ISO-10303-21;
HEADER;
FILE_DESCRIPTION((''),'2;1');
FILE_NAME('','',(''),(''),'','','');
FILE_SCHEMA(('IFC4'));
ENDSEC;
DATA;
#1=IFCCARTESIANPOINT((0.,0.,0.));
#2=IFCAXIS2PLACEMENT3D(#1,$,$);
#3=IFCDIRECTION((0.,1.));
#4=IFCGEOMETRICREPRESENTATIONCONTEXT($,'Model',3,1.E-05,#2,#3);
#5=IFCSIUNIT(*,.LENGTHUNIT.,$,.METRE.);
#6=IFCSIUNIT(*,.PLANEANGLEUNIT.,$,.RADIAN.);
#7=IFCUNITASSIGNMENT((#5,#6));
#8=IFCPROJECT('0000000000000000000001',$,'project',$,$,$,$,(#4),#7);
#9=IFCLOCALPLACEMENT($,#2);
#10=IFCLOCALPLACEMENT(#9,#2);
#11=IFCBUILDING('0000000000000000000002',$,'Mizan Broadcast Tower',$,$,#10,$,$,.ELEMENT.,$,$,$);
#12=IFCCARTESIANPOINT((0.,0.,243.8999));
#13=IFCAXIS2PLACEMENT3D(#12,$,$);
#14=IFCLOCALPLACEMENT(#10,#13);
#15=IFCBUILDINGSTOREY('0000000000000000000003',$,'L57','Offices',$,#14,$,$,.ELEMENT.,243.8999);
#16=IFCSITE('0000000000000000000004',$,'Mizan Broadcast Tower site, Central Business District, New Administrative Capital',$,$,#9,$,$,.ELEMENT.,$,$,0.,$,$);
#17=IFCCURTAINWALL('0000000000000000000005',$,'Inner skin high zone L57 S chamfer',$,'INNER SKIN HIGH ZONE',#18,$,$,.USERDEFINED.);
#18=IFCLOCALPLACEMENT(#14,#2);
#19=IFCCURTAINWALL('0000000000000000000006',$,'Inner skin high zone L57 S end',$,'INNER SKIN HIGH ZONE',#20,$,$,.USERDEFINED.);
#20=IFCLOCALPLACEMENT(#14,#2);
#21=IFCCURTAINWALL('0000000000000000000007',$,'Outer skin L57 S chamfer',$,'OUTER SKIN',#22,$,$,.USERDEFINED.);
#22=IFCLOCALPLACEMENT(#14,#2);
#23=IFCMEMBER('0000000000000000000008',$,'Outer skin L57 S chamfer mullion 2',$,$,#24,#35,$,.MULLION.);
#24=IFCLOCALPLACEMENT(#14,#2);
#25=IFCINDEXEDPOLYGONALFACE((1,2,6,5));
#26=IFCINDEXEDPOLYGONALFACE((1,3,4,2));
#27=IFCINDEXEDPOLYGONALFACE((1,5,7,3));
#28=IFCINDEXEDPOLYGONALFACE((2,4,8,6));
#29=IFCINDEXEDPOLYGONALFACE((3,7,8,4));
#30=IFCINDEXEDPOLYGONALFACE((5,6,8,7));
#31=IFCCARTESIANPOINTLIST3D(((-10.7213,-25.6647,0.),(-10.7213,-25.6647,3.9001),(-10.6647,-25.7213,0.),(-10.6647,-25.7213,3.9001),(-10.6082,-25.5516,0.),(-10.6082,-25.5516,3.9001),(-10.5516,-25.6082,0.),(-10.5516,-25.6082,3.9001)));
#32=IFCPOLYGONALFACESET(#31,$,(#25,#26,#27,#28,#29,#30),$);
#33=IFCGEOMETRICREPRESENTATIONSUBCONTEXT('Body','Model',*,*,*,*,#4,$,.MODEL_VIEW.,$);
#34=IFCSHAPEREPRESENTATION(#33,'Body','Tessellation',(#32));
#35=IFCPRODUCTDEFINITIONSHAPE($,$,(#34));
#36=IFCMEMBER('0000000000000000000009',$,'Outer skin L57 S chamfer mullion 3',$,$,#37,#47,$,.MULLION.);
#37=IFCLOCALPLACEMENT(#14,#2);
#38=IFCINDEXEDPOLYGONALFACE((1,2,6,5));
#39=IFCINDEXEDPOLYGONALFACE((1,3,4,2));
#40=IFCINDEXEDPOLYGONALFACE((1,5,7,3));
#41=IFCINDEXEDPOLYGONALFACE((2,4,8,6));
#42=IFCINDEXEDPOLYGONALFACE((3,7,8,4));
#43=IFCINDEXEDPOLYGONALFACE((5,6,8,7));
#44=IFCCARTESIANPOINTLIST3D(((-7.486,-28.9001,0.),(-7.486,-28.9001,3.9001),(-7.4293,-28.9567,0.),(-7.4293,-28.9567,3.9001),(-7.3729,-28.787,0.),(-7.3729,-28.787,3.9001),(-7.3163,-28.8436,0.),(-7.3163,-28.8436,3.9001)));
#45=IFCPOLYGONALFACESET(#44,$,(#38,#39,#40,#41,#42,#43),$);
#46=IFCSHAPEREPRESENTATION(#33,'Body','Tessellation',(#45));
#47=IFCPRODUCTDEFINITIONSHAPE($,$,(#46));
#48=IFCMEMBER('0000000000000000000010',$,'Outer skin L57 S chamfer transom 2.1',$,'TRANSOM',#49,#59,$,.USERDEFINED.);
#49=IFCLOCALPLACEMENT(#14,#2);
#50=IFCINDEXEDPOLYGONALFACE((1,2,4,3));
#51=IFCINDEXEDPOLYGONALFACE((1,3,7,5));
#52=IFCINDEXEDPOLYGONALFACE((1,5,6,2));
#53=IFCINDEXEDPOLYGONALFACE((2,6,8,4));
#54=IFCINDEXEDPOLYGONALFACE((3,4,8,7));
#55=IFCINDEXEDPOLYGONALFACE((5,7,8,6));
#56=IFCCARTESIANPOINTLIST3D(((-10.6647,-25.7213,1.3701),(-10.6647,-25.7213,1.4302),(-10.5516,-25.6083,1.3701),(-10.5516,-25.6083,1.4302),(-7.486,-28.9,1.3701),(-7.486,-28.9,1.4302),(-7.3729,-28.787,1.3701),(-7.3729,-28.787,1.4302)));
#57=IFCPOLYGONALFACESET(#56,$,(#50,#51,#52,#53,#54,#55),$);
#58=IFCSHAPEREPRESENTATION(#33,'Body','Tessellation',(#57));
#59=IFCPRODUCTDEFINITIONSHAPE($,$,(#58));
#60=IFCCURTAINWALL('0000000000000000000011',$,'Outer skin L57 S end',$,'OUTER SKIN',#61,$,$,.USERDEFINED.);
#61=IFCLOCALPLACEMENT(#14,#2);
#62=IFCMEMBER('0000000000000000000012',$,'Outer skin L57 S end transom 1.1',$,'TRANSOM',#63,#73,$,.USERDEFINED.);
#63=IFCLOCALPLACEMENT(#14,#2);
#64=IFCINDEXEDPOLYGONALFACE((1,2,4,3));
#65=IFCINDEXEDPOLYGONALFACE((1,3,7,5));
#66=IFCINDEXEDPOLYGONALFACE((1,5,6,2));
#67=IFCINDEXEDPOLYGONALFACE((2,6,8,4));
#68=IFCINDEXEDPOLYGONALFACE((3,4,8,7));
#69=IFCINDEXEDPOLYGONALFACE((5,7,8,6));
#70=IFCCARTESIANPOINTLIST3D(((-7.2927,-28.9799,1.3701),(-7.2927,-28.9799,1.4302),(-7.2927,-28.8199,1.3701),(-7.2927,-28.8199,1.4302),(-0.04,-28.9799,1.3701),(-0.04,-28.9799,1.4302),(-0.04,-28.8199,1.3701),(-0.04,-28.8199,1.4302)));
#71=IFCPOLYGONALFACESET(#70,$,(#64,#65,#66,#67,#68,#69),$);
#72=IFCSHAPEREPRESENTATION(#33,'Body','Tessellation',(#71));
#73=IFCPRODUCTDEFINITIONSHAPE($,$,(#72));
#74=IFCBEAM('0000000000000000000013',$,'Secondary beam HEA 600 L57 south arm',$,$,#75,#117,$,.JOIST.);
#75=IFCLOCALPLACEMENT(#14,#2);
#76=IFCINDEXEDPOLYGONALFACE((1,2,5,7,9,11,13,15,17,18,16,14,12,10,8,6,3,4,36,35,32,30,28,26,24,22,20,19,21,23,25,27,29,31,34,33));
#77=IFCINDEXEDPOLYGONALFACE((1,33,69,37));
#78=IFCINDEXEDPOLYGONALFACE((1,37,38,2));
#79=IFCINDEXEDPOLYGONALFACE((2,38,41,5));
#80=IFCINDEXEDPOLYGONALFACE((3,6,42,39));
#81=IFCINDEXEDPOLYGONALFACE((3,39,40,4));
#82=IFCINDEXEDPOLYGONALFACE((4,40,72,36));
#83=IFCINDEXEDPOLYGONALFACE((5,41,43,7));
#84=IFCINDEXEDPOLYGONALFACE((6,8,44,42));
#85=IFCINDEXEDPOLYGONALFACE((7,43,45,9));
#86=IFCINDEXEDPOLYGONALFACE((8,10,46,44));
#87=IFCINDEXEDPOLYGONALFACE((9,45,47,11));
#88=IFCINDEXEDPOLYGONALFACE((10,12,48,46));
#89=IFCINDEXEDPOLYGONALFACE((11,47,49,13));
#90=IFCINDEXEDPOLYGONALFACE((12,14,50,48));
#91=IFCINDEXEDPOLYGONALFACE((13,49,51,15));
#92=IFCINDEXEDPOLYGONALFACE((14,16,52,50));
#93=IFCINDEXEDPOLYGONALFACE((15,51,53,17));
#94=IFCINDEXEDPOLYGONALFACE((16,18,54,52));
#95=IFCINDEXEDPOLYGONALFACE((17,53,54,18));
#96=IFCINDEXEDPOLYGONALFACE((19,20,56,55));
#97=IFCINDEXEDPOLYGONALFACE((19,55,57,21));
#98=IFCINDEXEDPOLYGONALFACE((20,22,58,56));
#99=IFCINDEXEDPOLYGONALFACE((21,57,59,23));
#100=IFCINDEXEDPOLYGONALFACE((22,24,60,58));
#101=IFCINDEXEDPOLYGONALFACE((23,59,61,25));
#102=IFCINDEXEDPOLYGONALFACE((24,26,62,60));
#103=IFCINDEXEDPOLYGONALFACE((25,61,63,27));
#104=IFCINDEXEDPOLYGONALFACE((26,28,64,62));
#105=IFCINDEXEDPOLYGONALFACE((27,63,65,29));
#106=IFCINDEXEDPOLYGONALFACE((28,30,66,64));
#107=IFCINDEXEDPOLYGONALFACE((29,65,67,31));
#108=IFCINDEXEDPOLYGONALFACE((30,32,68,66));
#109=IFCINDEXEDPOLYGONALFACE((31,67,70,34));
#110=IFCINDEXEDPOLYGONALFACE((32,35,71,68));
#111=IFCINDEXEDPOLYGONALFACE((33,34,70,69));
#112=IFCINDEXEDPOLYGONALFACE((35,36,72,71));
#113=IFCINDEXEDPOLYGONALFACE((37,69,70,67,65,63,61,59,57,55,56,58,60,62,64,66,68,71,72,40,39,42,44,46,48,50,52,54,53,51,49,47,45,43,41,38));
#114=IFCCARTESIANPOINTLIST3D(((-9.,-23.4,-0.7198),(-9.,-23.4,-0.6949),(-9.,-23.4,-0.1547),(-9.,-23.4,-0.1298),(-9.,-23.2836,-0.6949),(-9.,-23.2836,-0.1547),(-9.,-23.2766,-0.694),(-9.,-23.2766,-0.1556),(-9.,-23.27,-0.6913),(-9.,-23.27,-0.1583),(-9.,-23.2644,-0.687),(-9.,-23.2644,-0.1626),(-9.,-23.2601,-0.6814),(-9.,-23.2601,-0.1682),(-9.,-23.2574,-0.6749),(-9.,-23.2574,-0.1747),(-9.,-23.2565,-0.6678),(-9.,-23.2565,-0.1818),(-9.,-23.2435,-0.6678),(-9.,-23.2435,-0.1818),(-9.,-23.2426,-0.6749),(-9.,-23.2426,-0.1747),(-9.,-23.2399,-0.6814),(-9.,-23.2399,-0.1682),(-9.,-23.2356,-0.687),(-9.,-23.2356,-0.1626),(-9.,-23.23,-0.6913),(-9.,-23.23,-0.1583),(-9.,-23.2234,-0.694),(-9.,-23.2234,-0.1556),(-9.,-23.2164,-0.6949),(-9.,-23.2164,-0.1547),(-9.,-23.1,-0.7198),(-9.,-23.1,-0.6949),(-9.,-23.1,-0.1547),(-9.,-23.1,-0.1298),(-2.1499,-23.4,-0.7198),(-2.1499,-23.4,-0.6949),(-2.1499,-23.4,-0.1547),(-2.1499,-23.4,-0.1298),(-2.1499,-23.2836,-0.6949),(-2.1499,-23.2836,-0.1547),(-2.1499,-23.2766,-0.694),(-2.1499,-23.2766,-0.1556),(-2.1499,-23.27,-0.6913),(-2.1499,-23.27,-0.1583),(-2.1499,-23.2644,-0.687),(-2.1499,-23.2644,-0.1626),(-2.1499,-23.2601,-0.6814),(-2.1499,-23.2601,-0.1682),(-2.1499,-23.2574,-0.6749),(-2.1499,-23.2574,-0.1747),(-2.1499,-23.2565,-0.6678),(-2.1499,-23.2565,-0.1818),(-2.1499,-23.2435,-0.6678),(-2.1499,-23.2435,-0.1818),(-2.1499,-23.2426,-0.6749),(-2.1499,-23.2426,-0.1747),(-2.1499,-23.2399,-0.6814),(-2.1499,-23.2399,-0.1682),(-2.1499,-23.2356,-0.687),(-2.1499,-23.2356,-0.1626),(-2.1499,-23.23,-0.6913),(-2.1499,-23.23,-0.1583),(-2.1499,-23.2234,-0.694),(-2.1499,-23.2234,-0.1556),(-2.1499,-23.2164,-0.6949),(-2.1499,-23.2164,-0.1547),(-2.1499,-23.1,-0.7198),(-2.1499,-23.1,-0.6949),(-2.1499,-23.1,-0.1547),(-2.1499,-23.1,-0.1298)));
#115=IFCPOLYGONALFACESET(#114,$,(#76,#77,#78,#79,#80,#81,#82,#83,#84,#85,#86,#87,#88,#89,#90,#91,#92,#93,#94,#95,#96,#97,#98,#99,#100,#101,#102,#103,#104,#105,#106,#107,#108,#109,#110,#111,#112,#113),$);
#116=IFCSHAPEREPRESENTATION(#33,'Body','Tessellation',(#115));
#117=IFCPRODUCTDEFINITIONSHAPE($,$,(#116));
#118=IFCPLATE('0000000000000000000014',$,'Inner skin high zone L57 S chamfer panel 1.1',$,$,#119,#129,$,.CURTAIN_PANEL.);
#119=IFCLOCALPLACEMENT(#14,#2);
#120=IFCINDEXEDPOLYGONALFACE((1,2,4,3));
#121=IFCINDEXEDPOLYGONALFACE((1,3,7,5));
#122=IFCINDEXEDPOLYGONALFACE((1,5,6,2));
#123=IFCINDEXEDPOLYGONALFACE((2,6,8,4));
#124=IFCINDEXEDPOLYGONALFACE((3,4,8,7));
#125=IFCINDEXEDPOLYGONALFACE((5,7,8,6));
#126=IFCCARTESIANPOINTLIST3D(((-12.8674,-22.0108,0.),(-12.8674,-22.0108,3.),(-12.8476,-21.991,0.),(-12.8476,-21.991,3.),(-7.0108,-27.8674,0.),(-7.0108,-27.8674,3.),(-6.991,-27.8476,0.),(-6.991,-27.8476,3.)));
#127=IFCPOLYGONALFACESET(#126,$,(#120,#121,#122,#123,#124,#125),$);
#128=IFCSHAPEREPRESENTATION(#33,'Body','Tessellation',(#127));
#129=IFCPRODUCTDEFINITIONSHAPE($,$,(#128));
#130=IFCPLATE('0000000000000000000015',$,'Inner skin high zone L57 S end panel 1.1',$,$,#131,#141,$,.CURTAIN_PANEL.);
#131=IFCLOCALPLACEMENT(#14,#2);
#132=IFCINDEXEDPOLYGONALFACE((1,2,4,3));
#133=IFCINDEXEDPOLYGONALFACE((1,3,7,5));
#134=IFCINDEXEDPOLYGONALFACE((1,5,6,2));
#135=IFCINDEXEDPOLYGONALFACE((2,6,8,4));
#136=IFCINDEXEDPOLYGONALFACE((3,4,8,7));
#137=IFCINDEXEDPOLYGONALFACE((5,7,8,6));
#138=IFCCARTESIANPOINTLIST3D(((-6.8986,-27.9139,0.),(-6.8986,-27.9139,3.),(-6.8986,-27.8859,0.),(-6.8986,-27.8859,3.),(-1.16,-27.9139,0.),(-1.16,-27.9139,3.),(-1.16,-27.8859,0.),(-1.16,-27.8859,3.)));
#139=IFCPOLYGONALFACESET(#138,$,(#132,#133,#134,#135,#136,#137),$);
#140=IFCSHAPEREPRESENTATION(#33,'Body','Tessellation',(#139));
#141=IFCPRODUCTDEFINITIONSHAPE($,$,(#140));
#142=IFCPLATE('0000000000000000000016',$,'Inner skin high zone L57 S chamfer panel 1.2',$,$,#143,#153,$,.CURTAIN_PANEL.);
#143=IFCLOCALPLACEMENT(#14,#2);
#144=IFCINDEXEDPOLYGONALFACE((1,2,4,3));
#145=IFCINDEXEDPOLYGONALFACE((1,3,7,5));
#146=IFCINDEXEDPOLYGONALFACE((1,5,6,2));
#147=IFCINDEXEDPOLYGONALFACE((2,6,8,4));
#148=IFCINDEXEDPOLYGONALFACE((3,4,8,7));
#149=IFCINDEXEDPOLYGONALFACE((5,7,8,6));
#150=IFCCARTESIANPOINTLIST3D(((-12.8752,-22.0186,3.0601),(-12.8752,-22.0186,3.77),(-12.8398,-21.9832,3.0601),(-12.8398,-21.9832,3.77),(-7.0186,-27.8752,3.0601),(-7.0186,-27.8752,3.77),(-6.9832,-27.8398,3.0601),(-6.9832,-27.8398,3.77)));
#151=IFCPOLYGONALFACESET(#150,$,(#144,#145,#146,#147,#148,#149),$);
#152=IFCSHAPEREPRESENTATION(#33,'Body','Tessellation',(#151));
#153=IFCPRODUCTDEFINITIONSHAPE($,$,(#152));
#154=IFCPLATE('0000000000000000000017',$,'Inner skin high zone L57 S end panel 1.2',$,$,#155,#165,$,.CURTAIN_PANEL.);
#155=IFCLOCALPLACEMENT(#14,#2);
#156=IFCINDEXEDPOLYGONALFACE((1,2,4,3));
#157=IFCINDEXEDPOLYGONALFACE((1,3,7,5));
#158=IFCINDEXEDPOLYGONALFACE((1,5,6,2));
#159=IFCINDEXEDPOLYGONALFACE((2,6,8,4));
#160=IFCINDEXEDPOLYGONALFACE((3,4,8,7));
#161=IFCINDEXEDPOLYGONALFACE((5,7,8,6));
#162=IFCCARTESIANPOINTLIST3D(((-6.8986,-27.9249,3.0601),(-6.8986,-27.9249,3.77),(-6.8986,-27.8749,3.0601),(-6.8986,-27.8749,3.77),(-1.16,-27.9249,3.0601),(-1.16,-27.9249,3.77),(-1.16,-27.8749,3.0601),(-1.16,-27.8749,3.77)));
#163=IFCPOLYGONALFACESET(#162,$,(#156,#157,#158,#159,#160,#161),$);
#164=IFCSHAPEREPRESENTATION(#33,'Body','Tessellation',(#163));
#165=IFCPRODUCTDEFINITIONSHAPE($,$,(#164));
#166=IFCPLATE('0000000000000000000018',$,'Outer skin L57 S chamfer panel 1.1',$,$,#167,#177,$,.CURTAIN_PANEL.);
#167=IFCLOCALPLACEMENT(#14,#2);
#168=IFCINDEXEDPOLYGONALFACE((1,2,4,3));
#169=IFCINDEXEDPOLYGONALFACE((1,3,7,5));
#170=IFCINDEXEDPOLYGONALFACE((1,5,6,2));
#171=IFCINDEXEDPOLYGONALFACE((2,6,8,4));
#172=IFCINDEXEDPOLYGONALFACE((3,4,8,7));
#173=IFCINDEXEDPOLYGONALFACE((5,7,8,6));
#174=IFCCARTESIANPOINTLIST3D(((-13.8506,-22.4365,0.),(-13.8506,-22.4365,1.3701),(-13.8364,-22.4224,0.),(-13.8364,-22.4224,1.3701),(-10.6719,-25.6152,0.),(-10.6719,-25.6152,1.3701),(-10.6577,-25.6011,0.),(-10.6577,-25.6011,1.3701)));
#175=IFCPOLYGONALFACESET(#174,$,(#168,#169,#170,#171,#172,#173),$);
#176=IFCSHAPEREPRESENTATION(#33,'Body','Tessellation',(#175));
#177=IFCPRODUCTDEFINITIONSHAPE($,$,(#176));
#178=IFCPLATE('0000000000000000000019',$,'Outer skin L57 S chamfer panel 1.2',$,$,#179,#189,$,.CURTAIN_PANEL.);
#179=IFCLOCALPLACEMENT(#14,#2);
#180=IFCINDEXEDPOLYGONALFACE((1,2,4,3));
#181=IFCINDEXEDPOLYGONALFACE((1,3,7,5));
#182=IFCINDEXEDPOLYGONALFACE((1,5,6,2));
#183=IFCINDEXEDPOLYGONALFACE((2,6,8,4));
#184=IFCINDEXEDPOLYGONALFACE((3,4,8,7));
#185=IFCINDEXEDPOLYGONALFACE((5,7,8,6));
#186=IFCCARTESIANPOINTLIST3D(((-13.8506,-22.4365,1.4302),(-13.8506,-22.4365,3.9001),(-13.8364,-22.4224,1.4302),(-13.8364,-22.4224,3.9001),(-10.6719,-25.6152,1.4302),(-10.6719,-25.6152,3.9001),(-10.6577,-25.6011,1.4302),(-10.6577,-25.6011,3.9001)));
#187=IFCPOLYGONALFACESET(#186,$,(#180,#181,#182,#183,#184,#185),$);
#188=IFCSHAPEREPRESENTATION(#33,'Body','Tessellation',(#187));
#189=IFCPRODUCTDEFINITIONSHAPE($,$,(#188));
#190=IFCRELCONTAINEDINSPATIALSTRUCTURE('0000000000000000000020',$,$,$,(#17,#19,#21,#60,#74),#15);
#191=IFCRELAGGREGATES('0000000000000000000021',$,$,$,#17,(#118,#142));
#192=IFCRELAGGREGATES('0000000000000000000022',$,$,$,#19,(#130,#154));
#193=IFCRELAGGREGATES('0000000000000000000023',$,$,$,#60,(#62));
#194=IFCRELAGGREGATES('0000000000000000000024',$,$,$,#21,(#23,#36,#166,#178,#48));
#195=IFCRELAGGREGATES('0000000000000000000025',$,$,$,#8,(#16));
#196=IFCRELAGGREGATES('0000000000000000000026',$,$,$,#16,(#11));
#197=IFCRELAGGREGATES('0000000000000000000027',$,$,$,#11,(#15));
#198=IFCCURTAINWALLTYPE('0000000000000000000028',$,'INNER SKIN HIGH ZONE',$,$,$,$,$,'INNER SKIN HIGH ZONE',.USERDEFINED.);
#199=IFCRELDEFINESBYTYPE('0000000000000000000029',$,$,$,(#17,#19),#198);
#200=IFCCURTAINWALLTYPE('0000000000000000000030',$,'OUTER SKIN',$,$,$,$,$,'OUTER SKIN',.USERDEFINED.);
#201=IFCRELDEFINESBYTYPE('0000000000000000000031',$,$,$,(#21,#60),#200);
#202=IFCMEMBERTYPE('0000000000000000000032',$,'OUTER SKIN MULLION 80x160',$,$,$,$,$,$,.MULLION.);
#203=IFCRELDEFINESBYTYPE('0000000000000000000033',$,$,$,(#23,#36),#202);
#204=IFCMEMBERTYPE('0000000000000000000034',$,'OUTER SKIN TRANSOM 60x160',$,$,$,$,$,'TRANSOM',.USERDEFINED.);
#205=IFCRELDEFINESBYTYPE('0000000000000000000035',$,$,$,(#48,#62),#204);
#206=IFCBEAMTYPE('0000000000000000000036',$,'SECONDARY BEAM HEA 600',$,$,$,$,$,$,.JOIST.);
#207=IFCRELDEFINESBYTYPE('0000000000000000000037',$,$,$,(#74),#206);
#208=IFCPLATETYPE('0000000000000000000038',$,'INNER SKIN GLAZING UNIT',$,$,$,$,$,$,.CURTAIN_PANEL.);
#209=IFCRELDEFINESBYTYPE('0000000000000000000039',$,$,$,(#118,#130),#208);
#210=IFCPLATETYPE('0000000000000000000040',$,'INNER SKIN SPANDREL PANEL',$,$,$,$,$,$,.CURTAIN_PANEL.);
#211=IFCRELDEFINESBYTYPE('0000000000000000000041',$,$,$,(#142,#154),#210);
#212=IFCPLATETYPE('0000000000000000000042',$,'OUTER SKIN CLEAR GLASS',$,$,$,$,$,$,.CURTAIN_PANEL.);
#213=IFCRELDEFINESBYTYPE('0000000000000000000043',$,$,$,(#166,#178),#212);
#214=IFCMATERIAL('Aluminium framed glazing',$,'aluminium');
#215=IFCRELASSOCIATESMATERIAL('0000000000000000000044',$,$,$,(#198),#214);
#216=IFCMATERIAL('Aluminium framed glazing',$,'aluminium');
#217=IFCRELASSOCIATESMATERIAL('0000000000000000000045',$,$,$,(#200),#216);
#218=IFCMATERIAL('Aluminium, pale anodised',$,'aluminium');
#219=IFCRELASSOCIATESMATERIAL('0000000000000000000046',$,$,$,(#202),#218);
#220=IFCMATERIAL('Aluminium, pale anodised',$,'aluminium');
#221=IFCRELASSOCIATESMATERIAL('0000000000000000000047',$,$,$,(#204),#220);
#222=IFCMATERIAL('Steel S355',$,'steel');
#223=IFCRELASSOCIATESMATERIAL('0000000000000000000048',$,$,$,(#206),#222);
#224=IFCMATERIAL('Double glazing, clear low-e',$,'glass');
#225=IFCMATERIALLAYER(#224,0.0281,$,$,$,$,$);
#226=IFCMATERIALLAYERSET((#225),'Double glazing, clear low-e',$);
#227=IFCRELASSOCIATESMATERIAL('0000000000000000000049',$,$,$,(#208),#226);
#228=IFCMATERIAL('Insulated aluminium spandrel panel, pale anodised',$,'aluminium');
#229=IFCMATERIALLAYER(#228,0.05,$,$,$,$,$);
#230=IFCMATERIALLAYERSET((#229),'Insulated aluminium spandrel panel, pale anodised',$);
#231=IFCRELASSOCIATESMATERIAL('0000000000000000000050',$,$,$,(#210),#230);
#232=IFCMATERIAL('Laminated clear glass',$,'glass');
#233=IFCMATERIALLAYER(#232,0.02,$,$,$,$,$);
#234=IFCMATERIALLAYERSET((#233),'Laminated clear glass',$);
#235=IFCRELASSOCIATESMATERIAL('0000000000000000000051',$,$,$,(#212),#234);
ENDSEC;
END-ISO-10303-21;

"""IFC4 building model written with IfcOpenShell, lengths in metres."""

from ifc_helpers import new_model, si_unit, direction, frame, origin, origin_2d, place, context, subcontext, project, spatial, rectangle, i_section, extrude, material, layer, layer_set, material_profile, profile_set, type_object, element, aggregate, save


model = new_model("IFC4")

# Units and contexts
model_context = context("Model", 3, precision=1e-05, world=origin(), true_north=direction((0.0, 1.0)))
body_context = subcontext(model_context, "Body", "Model", "MODEL_VIEW")
ifc_project = project(units=[si_unit("LENGTHUNIT", "METRE"), si_unit("PLANEANGLEUNIT", "RADIAN")], contexts=[model_context])

# Site, building, storey
site_placement = place(None, origin())
site = spatial("IfcSite", under=ifc_project, at=site_placement, Name="Mizan Broadcast Tower site, Central Business District, New Administrative Capital", CompositionType="ELEMENT", RefElevation=0.0)
building_placement = place(site_placement, origin())
building = spatial("IfcBuilding", under=site, at=building_placement, Name="Mizan Broadcast Tower", CompositionType="ELEMENT")
storey_placement = place(building_placement, frame((0.0, 0.0, 243.8999)))
storey = spatial("IfcBuildingStorey", under=building, at=storey_placement, Name="L57", Description="Offices", CompositionType="ELEMENT", Elevation=243.8999)

# Curtain walls
ifc_material_1 = material(Name="Aluminium framed glazing", Category="aluminium")
curtain_wall_type_1 = type_object("IfcCurtainWallType", Name="INNER SKIN HIGH ZONE", ElementType="INNER SKIN HIGH ZONE", PredefinedType="USERDEFINED", material=ifc_material_1)
curtain_wall_1_placement = place(storey_placement, origin())
curtain_wall_1 = element("IfcCurtainWall", 1, at=curtain_wall_1_placement, inside=storey, type_object=curtain_wall_type_1, Name="Inner skin high zone L57 S chamfer", ObjectType="INNER SKIN HIGH ZONE", PredefinedType="USERDEFINED")
curtain_wall_2_placement = place(storey_placement, origin())
curtain_wall_2 = element("IfcCurtainWall", 2, at=curtain_wall_2_placement, inside=storey, type_object=curtain_wall_type_1, Name="Inner skin high zone L57 S end", ObjectType="INNER SKIN HIGH ZONE", PredefinedType="USERDEFINED")

# Curtain wall, members
ifc_material_2 = material(Name="Aluminium framed glazing", Category="aluminium")
curtain_wall_type_2 = type_object("IfcCurtainWallType", Name="OUTER SKIN", ElementType="OUTER SKIN", PredefinedType="USERDEFINED", material=ifc_material_2)
curtain_wall_3_placement = place(storey_placement, origin())
curtain_wall_3 = element("IfcCurtainWall", 3, at=curtain_wall_3_placement, inside=storey, type_object=curtain_wall_type_2, Name="Outer skin L57 S chamfer", ObjectType="OUTER SKIN", PredefinedType="USERDEFINED")
ifc_material_3 = material(Name="Aluminium, pale anodised", Category="aluminium")
ifc_material_profile_1 = material_profile(ifc_material_3, rectangle(XDim=0.1599, YDim=0.0801, at=origin_2d()), Name="MULLION 160x80")
ifc_profile_set_1 = profile_set([ifc_material_profile_1], Name="Aluminium, pale anodised")
member_type_1 = type_object("IfcMemberType", Name="OUTER SKIN MULLION 80x160", PredefinedType="MULLION", material=ifc_profile_set_1)
member_1_placement = place(storey_placement, frame((-10.6365, -25.6365, 0.0), z_axis=(0.0, 0.0, 1.0), x_axis=(0.707107, 0.707107, 0.0)))
member_1 = element("IfcMember", 4, at=member_1_placement, type_object=member_type_1, Name="Outer skin L57 S chamfer mullion 2", PredefinedType="MULLION", context=body_context, shape_type="SweptSolid", body=[
    extrude(rectangle(XDim=0.1599, YDim=0.0801, at=origin_2d()), origin(), (0.0, 0.0, 1.0), 3.9001),
])
member_2_placement = place(storey_placement, frame((-7.4011, -28.8718, 0.0), z_axis=(0.0, 0.0, 1.0), x_axis=(0.707107, 0.707107, 0.0)))
member_2 = element("IfcMember", 5, at=member_2_placement, type_object=member_type_1, Name="Outer skin L57 S chamfer mullion 3", PredefinedType="MULLION", context=body_context, shape_type="SweptSolid", body=[
    extrude(rectangle(XDim=0.1599, YDim=0.0801, at=origin_2d()), origin(), (0.0, 0.0, 1.0), 3.9001),
])
ifc_material_4 = material(Name="Aluminium, pale anodised", Category="aluminium")
ifc_material_profile_2 = material_profile(ifc_material_4, rectangle(XDim=0.1599, YDim=0.0601, at=origin_2d()), Name="TRANSOM 160x60")
ifc_profile_set_2 = profile_set([ifc_material_profile_2], Name="Aluminium, pale anodised")
member_type_2 = type_object("IfcMemberType", Name="OUTER SKIN TRANSOM 60x160", ElementType="TRANSOM", PredefinedType="USERDEFINED", material=ifc_profile_set_2)
member_3_placement = place(storey_placement, frame((-10.6082, -25.6648, 1.4001), z_axis=(0.707107, -0.707107, 0.0), x_axis=(0.707107, 0.707107, 0.0)))
member_3 = element("IfcMember", 6, at=member_3_placement, type_object=member_type_2, Name="Outer skin L57 S chamfer transom 2.1", ObjectType="TRANSOM", PredefinedType="USERDEFINED", context=body_context, shape_type="SweptSolid", body=[
    extrude(rectangle(XDim=0.1599, YDim=0.0601, at=origin_2d()), origin(), (0.0, 0.0, 1.0), 4.4954),
])

# Curtain wall, member
curtain_wall_4_placement = place(storey_placement, origin())
curtain_wall_4 = element("IfcCurtainWall", 7, at=curtain_wall_4_placement, inside=storey, type_object=curtain_wall_type_2, Name="Outer skin L57 S end", ObjectType="OUTER SKIN", PredefinedType="USERDEFINED")
member_4_placement = place(storey_placement, frame((-7.2927, -28.8999, 1.4001), z_axis=(1.0, 0.0, 0.0), x_axis=(0.0, 1.0, 0.0)))
member_4 = element("IfcMember", 8, at=member_4_placement, type_object=member_type_2, Name="Outer skin L57 S end transom 1.1", ObjectType="TRANSOM", PredefinedType="USERDEFINED", context=body_context, shape_type="SweptSolid", body=[
    extrude(rectangle(XDim=0.1599, YDim=0.0601, at=origin_2d()), origin(), (0.0, 0.0, 1.0), 7.2527),
])

# Beam
ifc_material_5 = material(Name="Steel S355", Category="steel")
ifc_material_profile_3 = material_profile(ifc_material_5, i_section(OverallWidth=0.3, OverallDepth=0.5901, WebThickness=0.0129, FlangeThickness=0.0249, FilletRadius=0.0271, at=origin_2d()), Name="HEA 600")
ifc_profile_set_3 = profile_set([ifc_material_profile_3], Name="Steel S355")
beam_type_1 = type_object("IfcBeamType", Name="SECONDARY BEAM HEA 600", PredefinedType="JOIST", material=ifc_profile_set_3)
beam_1_placement = place(storey_placement, frame((-9.0, -23.25, -0.4248), z_axis=(1.0, 0.0, 0.0), x_axis=(0.0, 1.0, 0.0)))
element("IfcBeam", 9, at=beam_1_placement, inside=storey, type_object=beam_type_1, Name="Secondary beam HEA 600 L57 south arm", PredefinedType="JOIST", context=body_context, shape_type="SweptSolid", body=[
    extrude(i_section(OverallWidth=0.3, OverallDepth=0.5901, WebThickness=0.0129, FlangeThickness=0.0249, FilletRadius=0.0271, at=origin_2d()), origin(), (0.0, 0.0, 1.0), 6.8501),
])

# Plates
ifc_material_6 = material(Name="Double glazing, clear low-e", Category="glass")
ifc_layer_1 = layer(ifc_material_6, 0.0281)
ifc_layer_set_1 = layer_set([ifc_layer_1], Name="Double glazing, clear low-e")
plate_type_1 = type_object("IfcPlateType", Name="INNER SKIN GLAZING UNIT", PredefinedType="CURTAIN_PANEL", material=ifc_layer_set_1)
plate_1_placement = place(storey_placement, frame((-9.9292, -24.9292, 0.0), z_axis=(0.0, 0.0, 1.0), x_axis=(0.707107, -0.707107, 0.0)))
plate_1 = element("IfcPlate", 10, at=plate_1_placement, type_object=plate_type_1, Name="Inner skin high zone L57 S chamfer panel 1.1", PredefinedType="CURTAIN_PANEL", context=body_context, shape_type="SweptSolid", body=[
    extrude(rectangle(XDim=8.2825, YDim=0.0281, at=origin_2d()), origin(), (0.0, 0.0, 1.0), 3.0),
])
plate_2_placement = place(storey_placement, frame((-4.0293, -27.8999, 0.0), z_axis=(0.0, 0.0, 1.0), x_axis=(1.0, 0.0, 0.0)))
plate_2 = element("IfcPlate", 11, at=plate_2_placement, type_object=plate_type_1, Name="Inner skin high zone L57 S end panel 1.1", PredefinedType="CURTAIN_PANEL", context=body_context, shape_type="SweptSolid", body=[
    extrude(rectangle(XDim=5.7385, YDim=0.0281, at=origin_2d()), origin(), (0.0, 0.0, 1.0), 3.0),
])
ifc_material_7 = material(Name="Insulated aluminium spandrel panel, pale anodised", Category="aluminium")
ifc_layer_2 = layer(ifc_material_7, 0.05)
ifc_layer_set_2 = layer_set([ifc_layer_2], Name="Insulated aluminium spandrel panel, pale anodised")
plate_type_2 = type_object("IfcPlateType", Name="INNER SKIN SPANDREL PANEL", PredefinedType="CURTAIN_PANEL", material=ifc_layer_set_2)
plate_3_placement = place(storey_placement, frame((-9.9292, -24.9292, 3.0601), z_axis=(0.0, 0.0, 1.0), x_axis=(0.707107, -0.707107, 0.0)))
plate_3 = element("IfcPlate", 12, at=plate_3_placement, type_object=plate_type_2, Name="Inner skin high zone L57 S chamfer panel 1.2", PredefinedType="CURTAIN_PANEL", context=body_context, shape_type="SweptSolid", body=[
    extrude(rectangle(XDim=8.2825, YDim=0.05, at=origin_2d()), origin(), (0.0, 0.0, 1.0), 0.71),
])
aggregate(curtain_wall_1, [plate_1, plate_3])
plate_4_placement = place(storey_placement, frame((-4.0293, -27.8999, 3.0601), z_axis=(0.0, 0.0, 1.0), x_axis=(1.0, 0.0, 0.0)))
plate_4 = element("IfcPlate", 13, at=plate_4_placement, type_object=plate_type_2, Name="Inner skin high zone L57 S end panel 1.2", PredefinedType="CURTAIN_PANEL", context=body_context, shape_type="SweptSolid", body=[
    extrude(rectangle(XDim=5.7385, YDim=0.05, at=origin_2d()), origin(), (0.0, 0.0, 1.0), 0.71),
])
aggregate(curtain_wall_2, [plate_2, plate_4])
ifc_material_8 = material(Name="Laminated clear glass", Category="glass")
ifc_layer_3 = layer(ifc_material_8, 0.02)
ifc_layer_set_3 = layer_set([ifc_layer_3], Name="Laminated clear glass")
plate_type_3 = type_object("IfcPlateType", Name="OUTER SKIN CLEAR GLASS", PredefinedType="CURTAIN_PANEL", material=ifc_layer_set_3)
plate_5_placement = place(storey_placement, frame((-12.2542, -24.0188, 0.0), z_axis=(0.0, 0.0, 1.0), x_axis=(0.707107, -0.707107, 0.0)))
plate_5 = element("IfcPlate", 14, at=plate_5_placement, type_object=plate_type_3, Name="Outer skin L57 S chamfer panel 1.1", PredefinedType="CURTAIN_PANEL", context=body_context, shape_type="SweptSolid", body=[
    extrude(rectangle(XDim=4.4954, YDim=0.02, at=origin_2d()), origin(), (0.0, 0.0, 1.0), 1.3701),
])
plate_6_placement = place(storey_placement, frame((-12.2542, -24.0188, 1.4302), z_axis=(0.0, 0.0, 1.0), x_axis=(0.707107, -0.707107, 0.0)))
plate_6 = element("IfcPlate", 15, at=plate_6_placement, type_object=plate_type_3, Name="Outer skin L57 S chamfer panel 1.2", PredefinedType="CURTAIN_PANEL", context=body_context, shape_type="SweptSolid", body=[
    extrude(rectangle(XDim=4.4954, YDim=0.02, at=origin_2d()), origin(), (0.0, 0.0, 1.0), 2.47),
])
aggregate(curtain_wall_4, [member_4])
aggregate(curtain_wall_3, [member_1, member_2, plate_5, plate_6, member_3])

save(model, "model.ifc")
